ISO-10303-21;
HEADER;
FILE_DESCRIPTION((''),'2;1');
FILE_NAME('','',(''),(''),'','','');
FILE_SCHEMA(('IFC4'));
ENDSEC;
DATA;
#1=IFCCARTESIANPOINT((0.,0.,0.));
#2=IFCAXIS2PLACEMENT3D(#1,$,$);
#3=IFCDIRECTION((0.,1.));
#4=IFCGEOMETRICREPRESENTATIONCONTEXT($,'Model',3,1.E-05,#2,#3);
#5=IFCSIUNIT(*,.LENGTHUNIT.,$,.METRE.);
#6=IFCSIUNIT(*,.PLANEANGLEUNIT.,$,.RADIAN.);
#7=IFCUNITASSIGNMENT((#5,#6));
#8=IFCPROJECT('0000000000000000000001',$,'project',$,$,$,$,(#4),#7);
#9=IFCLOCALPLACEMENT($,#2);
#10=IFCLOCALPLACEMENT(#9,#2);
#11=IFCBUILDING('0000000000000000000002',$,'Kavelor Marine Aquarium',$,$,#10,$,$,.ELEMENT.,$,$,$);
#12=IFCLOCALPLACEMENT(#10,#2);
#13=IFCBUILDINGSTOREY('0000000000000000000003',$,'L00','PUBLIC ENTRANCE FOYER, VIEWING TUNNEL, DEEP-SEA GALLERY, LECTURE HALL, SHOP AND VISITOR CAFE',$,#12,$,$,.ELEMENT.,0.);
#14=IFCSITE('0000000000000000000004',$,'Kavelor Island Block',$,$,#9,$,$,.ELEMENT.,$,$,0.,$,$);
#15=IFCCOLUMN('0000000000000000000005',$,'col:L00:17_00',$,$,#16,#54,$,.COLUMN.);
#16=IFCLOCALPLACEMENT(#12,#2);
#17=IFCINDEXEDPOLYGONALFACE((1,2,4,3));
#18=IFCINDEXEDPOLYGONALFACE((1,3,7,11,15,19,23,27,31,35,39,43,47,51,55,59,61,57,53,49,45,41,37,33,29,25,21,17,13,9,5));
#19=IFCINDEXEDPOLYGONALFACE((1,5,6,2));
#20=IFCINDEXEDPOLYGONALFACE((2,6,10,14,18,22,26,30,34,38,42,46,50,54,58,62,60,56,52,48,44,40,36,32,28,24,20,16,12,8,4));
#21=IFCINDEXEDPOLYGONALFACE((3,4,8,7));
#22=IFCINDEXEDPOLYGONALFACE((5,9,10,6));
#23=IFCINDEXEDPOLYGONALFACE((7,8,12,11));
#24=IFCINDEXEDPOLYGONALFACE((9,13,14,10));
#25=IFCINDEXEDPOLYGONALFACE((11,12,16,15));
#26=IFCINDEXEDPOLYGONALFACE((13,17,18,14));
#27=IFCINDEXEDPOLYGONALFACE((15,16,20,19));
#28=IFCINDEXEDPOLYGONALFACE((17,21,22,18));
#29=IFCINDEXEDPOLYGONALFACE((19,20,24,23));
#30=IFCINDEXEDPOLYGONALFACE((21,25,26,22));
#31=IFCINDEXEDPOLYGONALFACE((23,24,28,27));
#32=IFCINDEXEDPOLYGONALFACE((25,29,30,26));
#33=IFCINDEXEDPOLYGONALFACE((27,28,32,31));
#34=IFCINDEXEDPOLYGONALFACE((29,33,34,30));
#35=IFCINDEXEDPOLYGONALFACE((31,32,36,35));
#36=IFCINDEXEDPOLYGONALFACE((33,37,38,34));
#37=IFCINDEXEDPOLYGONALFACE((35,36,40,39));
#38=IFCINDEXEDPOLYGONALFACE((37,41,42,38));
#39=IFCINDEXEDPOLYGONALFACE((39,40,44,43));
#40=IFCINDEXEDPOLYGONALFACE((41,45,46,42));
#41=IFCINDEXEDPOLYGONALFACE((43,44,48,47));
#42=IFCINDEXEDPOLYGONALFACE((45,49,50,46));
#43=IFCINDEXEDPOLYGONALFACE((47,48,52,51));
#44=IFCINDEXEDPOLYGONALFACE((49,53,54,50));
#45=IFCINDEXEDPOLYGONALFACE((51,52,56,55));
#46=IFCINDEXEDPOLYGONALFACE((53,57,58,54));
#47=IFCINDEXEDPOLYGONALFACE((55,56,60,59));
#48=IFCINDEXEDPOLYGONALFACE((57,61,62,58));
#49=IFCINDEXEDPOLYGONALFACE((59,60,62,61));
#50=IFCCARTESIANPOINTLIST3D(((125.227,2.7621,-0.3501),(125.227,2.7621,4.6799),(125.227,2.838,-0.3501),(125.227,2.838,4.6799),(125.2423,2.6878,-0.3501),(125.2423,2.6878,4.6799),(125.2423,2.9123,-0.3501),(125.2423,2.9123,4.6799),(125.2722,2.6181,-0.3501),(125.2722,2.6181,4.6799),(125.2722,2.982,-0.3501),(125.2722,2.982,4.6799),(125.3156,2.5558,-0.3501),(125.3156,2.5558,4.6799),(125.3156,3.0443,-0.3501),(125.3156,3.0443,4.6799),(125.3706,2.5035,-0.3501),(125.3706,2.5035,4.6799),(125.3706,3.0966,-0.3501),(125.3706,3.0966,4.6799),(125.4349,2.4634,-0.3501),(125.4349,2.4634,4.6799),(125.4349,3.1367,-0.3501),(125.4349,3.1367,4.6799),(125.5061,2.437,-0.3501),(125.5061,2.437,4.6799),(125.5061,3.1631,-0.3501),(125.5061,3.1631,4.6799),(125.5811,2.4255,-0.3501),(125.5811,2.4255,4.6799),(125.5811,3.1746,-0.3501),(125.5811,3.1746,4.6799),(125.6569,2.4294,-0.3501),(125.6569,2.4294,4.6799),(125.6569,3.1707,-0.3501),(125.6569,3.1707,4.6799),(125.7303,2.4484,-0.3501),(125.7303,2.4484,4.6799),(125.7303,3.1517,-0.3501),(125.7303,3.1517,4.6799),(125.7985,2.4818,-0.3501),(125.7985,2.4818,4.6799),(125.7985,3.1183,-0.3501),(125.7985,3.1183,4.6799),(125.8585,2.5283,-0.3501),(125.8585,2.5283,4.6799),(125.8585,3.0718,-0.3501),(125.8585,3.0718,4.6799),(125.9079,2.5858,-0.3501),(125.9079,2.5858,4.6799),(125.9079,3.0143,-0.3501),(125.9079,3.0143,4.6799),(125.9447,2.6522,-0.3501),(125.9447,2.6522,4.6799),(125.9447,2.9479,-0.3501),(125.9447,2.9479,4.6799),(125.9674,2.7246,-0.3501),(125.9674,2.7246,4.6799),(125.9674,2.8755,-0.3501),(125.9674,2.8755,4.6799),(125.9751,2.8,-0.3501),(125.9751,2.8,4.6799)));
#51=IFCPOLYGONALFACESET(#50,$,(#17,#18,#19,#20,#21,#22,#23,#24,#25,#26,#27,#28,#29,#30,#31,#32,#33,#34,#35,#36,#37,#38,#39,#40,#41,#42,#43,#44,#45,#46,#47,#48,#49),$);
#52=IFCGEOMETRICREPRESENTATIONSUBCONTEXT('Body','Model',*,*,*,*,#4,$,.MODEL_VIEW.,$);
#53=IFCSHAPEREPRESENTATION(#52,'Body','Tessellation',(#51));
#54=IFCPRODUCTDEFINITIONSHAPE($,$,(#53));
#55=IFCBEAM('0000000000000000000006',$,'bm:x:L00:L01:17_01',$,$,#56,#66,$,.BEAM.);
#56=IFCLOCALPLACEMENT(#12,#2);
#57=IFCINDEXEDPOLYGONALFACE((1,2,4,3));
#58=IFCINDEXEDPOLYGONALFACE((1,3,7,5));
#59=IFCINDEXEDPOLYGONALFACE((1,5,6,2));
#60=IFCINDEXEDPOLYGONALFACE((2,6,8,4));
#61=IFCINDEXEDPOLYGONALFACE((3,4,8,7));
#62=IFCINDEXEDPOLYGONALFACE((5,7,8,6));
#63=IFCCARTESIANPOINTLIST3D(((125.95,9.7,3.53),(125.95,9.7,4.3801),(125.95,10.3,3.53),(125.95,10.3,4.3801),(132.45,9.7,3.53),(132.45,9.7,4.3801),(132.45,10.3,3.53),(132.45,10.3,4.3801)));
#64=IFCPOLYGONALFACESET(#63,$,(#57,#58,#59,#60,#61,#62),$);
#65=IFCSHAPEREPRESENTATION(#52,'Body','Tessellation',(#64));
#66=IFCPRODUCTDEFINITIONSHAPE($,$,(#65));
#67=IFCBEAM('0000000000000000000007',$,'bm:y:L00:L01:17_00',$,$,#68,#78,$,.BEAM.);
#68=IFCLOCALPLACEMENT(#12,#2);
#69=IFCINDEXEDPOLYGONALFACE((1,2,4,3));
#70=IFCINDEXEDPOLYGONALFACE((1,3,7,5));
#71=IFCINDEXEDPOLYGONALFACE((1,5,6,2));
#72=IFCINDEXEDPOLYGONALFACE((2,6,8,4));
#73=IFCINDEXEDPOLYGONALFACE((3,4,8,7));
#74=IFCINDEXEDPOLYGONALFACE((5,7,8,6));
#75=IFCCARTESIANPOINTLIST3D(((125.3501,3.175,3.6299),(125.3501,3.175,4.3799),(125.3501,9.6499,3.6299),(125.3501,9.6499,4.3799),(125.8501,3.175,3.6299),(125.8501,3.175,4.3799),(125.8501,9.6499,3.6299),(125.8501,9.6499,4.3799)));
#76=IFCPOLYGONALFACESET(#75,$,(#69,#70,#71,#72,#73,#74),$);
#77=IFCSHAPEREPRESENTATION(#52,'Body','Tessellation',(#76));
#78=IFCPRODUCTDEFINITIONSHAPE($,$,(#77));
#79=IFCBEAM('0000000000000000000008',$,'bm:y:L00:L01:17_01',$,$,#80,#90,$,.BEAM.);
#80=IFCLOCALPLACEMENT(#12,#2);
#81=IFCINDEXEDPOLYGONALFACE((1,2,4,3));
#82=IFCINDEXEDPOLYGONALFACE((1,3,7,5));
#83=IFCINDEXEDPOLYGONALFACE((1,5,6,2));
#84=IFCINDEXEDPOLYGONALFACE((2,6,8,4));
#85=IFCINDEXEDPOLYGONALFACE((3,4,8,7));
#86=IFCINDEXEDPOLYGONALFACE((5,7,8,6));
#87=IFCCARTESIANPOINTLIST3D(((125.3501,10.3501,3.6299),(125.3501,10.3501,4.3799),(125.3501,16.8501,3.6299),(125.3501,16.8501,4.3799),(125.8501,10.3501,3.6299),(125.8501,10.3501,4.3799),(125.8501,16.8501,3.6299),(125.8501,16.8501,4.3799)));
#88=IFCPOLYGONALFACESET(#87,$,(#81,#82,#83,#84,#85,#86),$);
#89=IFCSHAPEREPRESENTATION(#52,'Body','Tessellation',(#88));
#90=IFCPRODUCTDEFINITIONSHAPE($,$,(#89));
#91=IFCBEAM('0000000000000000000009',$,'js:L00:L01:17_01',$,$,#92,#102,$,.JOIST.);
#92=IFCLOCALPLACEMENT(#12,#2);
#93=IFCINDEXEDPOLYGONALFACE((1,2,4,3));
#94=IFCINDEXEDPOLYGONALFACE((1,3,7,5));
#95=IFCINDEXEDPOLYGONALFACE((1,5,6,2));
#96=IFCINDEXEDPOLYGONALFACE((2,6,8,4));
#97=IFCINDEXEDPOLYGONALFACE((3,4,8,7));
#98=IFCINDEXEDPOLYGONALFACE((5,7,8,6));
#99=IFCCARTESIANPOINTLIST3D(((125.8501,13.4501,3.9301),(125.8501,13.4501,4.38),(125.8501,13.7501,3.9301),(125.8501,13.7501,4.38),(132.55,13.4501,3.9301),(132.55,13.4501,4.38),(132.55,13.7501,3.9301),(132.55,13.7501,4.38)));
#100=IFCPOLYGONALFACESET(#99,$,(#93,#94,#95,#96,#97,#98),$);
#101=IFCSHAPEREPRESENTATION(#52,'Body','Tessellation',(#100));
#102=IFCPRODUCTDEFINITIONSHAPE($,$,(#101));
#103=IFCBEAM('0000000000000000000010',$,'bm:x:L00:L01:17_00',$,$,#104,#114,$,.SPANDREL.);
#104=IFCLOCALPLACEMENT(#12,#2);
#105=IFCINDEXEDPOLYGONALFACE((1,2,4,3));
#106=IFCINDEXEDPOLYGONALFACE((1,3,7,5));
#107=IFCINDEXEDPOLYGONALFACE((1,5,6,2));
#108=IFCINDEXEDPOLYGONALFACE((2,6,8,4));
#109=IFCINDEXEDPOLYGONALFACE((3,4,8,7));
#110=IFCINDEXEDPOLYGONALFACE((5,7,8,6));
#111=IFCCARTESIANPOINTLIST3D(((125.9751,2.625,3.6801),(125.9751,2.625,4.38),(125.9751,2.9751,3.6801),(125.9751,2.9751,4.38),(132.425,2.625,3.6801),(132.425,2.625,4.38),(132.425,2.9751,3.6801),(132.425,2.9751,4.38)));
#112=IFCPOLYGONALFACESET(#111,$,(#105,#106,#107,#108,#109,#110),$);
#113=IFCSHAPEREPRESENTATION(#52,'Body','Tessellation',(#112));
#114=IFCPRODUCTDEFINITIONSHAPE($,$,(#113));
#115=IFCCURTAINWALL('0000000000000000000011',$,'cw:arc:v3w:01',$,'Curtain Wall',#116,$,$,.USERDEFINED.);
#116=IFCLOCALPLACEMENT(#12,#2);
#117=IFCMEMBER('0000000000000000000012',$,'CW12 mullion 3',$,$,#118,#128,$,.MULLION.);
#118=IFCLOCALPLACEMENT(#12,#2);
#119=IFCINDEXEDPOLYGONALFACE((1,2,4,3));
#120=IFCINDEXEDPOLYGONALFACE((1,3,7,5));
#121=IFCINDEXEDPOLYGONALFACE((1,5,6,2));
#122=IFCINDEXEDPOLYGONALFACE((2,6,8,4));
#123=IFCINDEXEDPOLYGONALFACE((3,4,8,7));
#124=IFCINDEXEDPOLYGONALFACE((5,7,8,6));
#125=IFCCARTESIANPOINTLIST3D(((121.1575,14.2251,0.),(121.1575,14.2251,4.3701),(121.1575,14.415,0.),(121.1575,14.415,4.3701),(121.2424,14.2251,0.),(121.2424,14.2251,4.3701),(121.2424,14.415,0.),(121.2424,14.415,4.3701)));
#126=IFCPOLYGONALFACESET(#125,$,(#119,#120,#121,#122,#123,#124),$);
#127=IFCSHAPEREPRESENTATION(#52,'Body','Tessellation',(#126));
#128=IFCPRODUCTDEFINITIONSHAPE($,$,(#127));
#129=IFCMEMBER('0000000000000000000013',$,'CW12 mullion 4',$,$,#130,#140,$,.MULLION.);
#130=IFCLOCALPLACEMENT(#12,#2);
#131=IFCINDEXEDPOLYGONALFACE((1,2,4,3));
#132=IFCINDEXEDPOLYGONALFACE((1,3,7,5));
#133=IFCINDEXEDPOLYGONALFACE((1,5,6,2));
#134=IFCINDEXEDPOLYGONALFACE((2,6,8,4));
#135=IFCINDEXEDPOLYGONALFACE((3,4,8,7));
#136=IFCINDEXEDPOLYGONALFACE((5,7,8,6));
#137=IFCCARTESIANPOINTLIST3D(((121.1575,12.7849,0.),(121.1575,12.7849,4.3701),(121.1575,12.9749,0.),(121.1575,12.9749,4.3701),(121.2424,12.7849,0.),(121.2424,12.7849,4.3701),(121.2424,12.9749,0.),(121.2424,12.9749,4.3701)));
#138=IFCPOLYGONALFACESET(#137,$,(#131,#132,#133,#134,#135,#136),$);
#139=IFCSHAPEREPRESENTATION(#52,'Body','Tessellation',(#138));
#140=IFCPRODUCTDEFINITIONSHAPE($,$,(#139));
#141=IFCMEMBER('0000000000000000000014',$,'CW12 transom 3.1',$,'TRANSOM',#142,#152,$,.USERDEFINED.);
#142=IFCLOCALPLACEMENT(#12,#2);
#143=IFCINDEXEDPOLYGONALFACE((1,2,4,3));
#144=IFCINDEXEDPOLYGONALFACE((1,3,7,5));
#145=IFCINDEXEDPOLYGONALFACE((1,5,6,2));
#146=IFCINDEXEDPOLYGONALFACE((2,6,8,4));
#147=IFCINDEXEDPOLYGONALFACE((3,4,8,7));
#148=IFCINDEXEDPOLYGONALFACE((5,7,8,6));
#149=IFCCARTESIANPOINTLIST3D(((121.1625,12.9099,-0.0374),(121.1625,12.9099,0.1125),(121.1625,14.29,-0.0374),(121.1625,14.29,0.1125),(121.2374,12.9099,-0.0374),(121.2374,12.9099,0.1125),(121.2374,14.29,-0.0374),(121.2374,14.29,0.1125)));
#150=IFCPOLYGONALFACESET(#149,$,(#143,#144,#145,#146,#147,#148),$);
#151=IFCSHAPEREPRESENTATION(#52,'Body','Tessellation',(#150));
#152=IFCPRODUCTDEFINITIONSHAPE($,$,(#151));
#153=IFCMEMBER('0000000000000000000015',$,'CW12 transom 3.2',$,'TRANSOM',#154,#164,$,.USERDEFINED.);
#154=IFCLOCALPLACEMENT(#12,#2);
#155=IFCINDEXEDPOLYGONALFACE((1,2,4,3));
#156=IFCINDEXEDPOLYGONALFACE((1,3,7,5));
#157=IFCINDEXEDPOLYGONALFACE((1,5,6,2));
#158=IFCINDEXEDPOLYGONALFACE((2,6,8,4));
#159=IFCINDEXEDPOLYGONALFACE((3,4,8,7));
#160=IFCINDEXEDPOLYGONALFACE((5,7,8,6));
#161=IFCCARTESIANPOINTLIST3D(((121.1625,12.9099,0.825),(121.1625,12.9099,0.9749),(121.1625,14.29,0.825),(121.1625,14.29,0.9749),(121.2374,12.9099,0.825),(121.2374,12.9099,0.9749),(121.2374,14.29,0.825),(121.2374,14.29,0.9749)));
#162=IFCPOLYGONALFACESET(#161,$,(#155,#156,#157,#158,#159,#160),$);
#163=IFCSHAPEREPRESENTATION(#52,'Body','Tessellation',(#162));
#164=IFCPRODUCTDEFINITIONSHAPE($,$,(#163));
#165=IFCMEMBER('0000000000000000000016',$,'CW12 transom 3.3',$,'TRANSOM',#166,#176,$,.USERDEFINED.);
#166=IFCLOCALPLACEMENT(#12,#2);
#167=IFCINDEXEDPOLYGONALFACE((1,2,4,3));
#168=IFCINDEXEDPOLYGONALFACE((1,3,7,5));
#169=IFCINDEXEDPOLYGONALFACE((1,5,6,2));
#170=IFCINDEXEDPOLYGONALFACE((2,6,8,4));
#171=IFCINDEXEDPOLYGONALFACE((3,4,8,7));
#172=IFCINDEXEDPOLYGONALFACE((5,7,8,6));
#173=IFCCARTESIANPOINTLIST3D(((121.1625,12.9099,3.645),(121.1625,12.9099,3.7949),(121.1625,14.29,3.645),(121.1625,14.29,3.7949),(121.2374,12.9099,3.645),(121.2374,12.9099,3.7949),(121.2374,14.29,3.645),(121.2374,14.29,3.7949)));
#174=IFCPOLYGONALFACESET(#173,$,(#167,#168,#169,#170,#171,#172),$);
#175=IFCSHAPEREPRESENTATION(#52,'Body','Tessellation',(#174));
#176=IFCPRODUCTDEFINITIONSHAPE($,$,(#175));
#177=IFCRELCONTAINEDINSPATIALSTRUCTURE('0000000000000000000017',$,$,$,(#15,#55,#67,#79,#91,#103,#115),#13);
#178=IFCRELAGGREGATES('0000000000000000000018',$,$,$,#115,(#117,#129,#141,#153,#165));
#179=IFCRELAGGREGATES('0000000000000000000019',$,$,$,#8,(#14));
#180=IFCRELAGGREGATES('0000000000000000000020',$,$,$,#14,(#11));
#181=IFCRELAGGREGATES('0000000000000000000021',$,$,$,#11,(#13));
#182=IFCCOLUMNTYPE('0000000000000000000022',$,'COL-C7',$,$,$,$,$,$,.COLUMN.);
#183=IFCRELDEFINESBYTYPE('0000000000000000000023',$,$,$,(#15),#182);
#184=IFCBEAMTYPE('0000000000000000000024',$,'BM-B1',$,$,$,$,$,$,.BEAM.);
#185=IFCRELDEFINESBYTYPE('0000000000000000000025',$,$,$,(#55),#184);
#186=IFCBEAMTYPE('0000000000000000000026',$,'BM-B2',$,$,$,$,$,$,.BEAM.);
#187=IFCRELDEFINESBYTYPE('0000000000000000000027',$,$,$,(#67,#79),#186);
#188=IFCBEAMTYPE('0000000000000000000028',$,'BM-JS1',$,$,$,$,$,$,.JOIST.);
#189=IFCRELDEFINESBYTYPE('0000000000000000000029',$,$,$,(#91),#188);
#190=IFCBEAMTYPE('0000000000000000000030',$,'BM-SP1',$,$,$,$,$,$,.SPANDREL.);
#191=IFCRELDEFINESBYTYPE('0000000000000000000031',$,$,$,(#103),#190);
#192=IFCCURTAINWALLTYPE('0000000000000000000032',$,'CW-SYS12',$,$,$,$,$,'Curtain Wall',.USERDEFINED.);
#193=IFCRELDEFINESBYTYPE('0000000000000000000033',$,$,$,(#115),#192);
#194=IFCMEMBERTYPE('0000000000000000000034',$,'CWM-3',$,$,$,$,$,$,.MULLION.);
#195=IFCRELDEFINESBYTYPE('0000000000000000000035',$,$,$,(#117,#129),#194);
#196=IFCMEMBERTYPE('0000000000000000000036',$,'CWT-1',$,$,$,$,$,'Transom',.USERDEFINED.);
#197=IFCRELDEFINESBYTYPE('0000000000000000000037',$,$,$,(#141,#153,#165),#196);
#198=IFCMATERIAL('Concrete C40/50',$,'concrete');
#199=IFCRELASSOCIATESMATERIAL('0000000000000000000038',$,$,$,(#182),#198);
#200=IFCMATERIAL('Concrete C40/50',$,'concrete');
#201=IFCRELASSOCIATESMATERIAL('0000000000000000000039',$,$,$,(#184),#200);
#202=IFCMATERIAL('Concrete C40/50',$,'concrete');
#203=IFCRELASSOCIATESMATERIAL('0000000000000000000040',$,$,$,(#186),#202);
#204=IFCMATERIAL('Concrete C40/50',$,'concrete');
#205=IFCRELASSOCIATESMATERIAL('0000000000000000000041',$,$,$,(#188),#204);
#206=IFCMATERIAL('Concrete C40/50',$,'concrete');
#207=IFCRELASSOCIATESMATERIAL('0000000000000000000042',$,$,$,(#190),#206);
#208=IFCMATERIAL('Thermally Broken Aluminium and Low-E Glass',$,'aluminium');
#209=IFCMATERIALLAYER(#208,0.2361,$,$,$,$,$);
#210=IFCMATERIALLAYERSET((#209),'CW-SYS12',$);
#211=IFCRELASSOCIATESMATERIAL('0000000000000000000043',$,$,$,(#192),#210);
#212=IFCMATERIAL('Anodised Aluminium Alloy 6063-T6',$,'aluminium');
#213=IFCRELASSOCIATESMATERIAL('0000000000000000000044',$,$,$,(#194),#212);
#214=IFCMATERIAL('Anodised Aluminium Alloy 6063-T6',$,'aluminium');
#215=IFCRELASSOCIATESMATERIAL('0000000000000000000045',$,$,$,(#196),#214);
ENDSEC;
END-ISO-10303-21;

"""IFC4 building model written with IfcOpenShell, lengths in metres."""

from ifc_helpers import new_model, si_unit, direction, frame, origin, origin_2d, place, context, subcontext, project, spatial, rectangle, circle, extrude, material, layer, layer_set, material_profile, profile_set, type_object, element, aggregate, save


model = new_model("IFC4")

# Units and contexts
model_context = context("Model", 3, precision=1e-05, world=origin(), true_north=direction((0.0, 1.0)))
body_context = subcontext(model_context, "Body", "Model", "MODEL_VIEW")
ifc_project = project(units=[si_unit("LENGTHUNIT", "METRE"), si_unit("PLANEANGLEUNIT", "RADIAN")], contexts=[model_context])

# Site, building, storey
site_placement = place(None, origin())
site = spatial("IfcSite", under=ifc_project, at=site_placement, Name="Kavelor Island Block", CompositionType="ELEMENT", RefElevation=0.0)
building_placement = place(site_placement, origin())
building = spatial("IfcBuilding", under=site, at=building_placement, Name="Kavelor Marine Aquarium", CompositionType="ELEMENT")
storey_placement = place(building_placement, origin())
storey = spatial("IfcBuildingStorey", under=building, at=storey_placement, Name="L00", Description="PUBLIC ENTRANCE FOYER, VIEWING TUNNEL, DEEP-SEA GALLERY, LECTURE HALL, SHOP AND VISITOR CAFE", CompositionType="ELEMENT", Elevation=0.0)

# Column
ifc_material_1 = material(Name="Concrete C40/50", Category="concrete")
ifc_material_profile_1 = material_profile(ifc_material_1, circle(Radius=0.375, at=origin_2d()), Name="RC-COL D750")
ifc_profile_set_1 = profile_set([ifc_material_profile_1], Name="Concrete C40/50")
column_type_1 = type_object("IfcColumnType", Name="COL-C7", PredefinedType="COLUMN", material=ifc_profile_set_1)
column_1_placement = place(storey_placement, frame((125.6001, 2.8, -0.3501), z_axis=(0.0, 0.0, 1.0), x_axis=(1.0, 0.0, 0.0)))
element("IfcColumn", 1, at=column_1_placement, inside=storey, type_object=column_type_1, Name="col:L00:17_00", PredefinedType="COLUMN", context=body_context, shape_type="SweptSolid", body=[
    extrude(circle(Radius=0.375, at=origin_2d()), origin(), (0.0, 0.0, 1.0), 5.03),
])

# Beams
ifc_material_2 = material(Name="Concrete C40/50", Category="concrete")
ifc_material_profile_2 = material_profile(ifc_material_2, rectangle(XDim=0.6001, YDim=0.8501, at=origin_2d()), Name="RC-BM 600x850")
ifc_profile_set_2 = profile_set([ifc_material_profile_2], Name="Concrete C40/50")
beam_type_1 = type_object("IfcBeamType", Name="BM-B1", PredefinedType="BEAM", material=ifc_profile_set_2)
beam_1_placement = place(storey_placement, frame((125.95, 10.0, 3.9551), z_axis=(1.0, 0.0, 0.0), x_axis=(0.0, 1.0, 0.0)))
element("IfcBeam", 2, at=beam_1_placement, inside=storey, type_object=beam_type_1, Name="bm:x:L00:L01:17_01", PredefinedType="BEAM", context=body_context, shape_type="SweptSolid", body=[
    extrude(rectangle(XDim=0.6001, YDim=0.8501, at=origin_2d()), origin(), (0.0, 0.0, 1.0), 6.5),
])
ifc_material_3 = material(Name="Concrete C40/50", Category="concrete")
ifc_material_profile_3 = material_profile(ifc_material_3, rectangle(XDim=0.5, YDim=0.75, at=origin_2d()), Name="RC-BM 500x750")
ifc_profile_set_3 = profile_set([ifc_material_profile_3], Name="Concrete C40/50")
beam_type_2 = type_object("IfcBeamType", Name="BM-B2", PredefinedType="BEAM", material=ifc_profile_set_3)
beam_2_placement = place(storey_placement, frame((125.6001, 3.175, 4.0049), z_axis=(0.0, 1.0, 0.0), x_axis=(-1.0, 0.0, 0.0)))
element("IfcBeam", 3, at=beam_2_placement, inside=storey, type_object=beam_type_2, Name="bm:y:L00:L01:17_00", PredefinedType="BEAM", context=body_context, shape_type="SweptSolid", body=[
    extrude(rectangle(XDim=0.5, YDim=0.75, at=origin_2d()), origin(), (0.0, 0.0, 1.0), 6.4749),
])
beam_3_placement = place(storey_placement, frame((125.6001, 10.3501, 4.0049), z_axis=(0.0, 1.0, 0.0), x_axis=(-1.0, 0.0, 0.0)))
element("IfcBeam", 4, at=beam_3_placement, inside=storey, type_object=beam_type_2, Name="bm:y:L00:L01:17_01", PredefinedType="BEAM", context=body_context, shape_type="SweptSolid", body=[
    extrude(rectangle(XDim=0.5, YDim=0.75, at=origin_2d()), origin(), (0.0, 0.0, 1.0), 6.5),
])
ifc_material_4 = material(Name="Concrete C40/50", Category="concrete")
ifc_material_profile_4 = material_profile(ifc_material_4, rectangle(XDim=0.3, YDim=0.45, at=origin_2d()), Name="RC-JS 300x450")
ifc_profile_set_4 = profile_set([ifc_material_profile_4], Name="Concrete C40/50")
beam_type_3 = type_object("IfcBeamType", Name="BM-JS1", PredefinedType="JOIST", material=ifc_profile_set_4)
beam_4_placement = place(storey_placement, frame((125.8501, 13.6001, 4.155), z_axis=(1.0, 0.0, 0.0), x_axis=(0.0, 1.0, 0.0)))
element("IfcBeam", 5, at=beam_4_placement, inside=storey, type_object=beam_type_3, Name="js:L00:L01:17_01", PredefinedType="JOIST", context=body_context, shape_type="SweptSolid", body=[
    extrude(rectangle(XDim=0.3, YDim=0.45, at=origin_2d()), origin(), (0.0, 0.0, 1.0), 6.7),
])
ifc_material_5 = material(Name="Concrete C40/50", Category="concrete")
ifc_material_profile_5 = material_profile(ifc_material_5, rectangle(XDim=0.3501, YDim=0.7, at=origin_2d()), Name="RC-SP 350x700")
ifc_profile_set_5 = profile_set([ifc_material_profile_5], Name="Concrete C40/50")
beam_type_4 = type_object("IfcBeamType", Name="BM-SP1", PredefinedType="SPANDREL", material=ifc_profile_set_5)
beam_5_placement = place(storey_placement, frame((125.9751, 2.8, 4.03), z_axis=(1.0, 0.0, 0.0), x_axis=(0.0, 1.0, 0.0)))
element("IfcBeam", 6, at=beam_5_placement, inside=storey, type_object=beam_type_4, Name="bm:x:L00:L01:17_00", PredefinedType="SPANDREL", context=body_context, shape_type="SweptSolid", body=[
    extrude(rectangle(XDim=0.3501, YDim=0.7, at=origin_2d()), origin(), (0.0, 0.0, 1.0), 6.45),
])

# Curtain wall, members
ifc_material_6 = material(Name="Thermally Broken Aluminium and Low-E Glass", Category="aluminium")
ifc_layer_1 = layer(ifc_material_6, 0.2361)
ifc_layer_set_1 = layer_set([ifc_layer_1], Name="CW-SYS12")
curtain_wall_type = type_object("IfcCurtainWallType", Name="CW-SYS12", ElementType="Curtain Wall", PredefinedType="USERDEFINED", material=ifc_layer_set_1)
curtain_wall_placement = place(storey_placement, origin())
curtain_wall = element("IfcCurtainWall", 7, at=curtain_wall_placement, inside=storey, type_object=curtain_wall_type, Name="cw:arc:v3w:01", ObjectType="Curtain Wall", PredefinedType="USERDEFINED")
ifc_material_7 = material(Name="Anodised Aluminium Alloy 6063-T6", Category="aluminium")
ifc_material_profile_6 = material_profile(ifc_material_7, rectangle(XDim=0.085, YDim=0.1899, at=origin_2d()), Name="CW-MUL 85x190")
ifc_profile_set_6 = profile_set([ifc_material_profile_6], Name="Anodised Aluminium Alloy 6063-T6")
member_type_1 = type_object("IfcMemberType", Name="CWM-3", PredefinedType="MULLION", material=ifc_profile_set_6)
member_1_placement = place(storey_placement, frame((121.2, 14.3201, 0.0), z_axis=(0.0, 0.0, 1.0), x_axis=(1.0, 0.0, 0.0)))
member_1 = element("IfcMember", 8, at=member_1_placement, type_object=member_type_1, Name="CW12 mullion 3", PredefinedType="MULLION", context=body_context, shape_type="SweptSolid", body=[
    extrude(rectangle(XDim=0.085, YDim=0.1899, at=origin_2d()), origin(), (0.0, 0.0, 1.0), 4.3701),
])
member_2_placement = place(storey_placement, frame((121.2, 12.8799, 0.0), z_axis=(0.0, 0.0, 1.0), x_axis=(1.0, 0.0, 0.0)))
member_2 = element("IfcMember", 9, at=member_2_placement, type_object=member_type_1, Name="CW12 mullion 4", PredefinedType="MULLION", context=body_context, shape_type="SweptSolid", body=[
    extrude(rectangle(XDim=0.085, YDim=0.1899, at=origin_2d()), origin(), (0.0, 0.0, 1.0), 4.3701),
])
ifc_material_8 = material(Name="Anodised Aluminium Alloy 6063-T6", Category="aluminium")
ifc_material_profile_7 = material_profile(ifc_material_8, rectangle(XDim=0.075, YDim=0.1499, at=origin_2d()), Name="CW-TRN 75x150")
ifc_profile_set_7 = profile_set([ifc_material_profile_7], Name="Anodised Aluminium Alloy 6063-T6")
member_type_2 = type_object("IfcMemberType", Name="CWT-1", ElementType="Transom", PredefinedType="USERDEFINED", material=ifc_profile_set_7)
member_3_placement = place(storey_placement, frame((121.2, 14.29, 0.0376), z_axis=(0.0, -1.0, 0.0), x_axis=(1.0, 0.0, 0.0)))
member_3 = element("IfcMember", 10, at=member_3_placement, type_object=member_type_2, Name="CW12 transom 3.1", ObjectType="TRANSOM", PredefinedType="USERDEFINED", context=body_context, shape_type="SweptSolid", body=[
    extrude(rectangle(XDim=0.075, YDim=0.1499, at=origin_2d()), origin(), (0.0, 0.0, 1.0), 1.3801),
])
member_4_placement = place(storey_placement, frame((121.2, 14.29, 0.8999), z_axis=(0.0, -1.0, 0.0), x_axis=(1.0, 0.0, 0.0)))
member_4 = element("IfcMember", 11, at=member_4_placement, type_object=member_type_2, Name="CW12 transom 3.2", ObjectType="TRANSOM", PredefinedType="USERDEFINED", context=body_context, shape_type="SweptSolid", body=[
    extrude(rectangle(XDim=0.075, YDim=0.1499, at=origin_2d()), origin(), (0.0, 0.0, 1.0), 1.3801),
])
member_5_placement = place(storey_placement, frame((121.2, 14.29, 3.72), z_axis=(0.0, -1.0, 0.0), x_axis=(1.0, 0.0, 0.0)))
member_5 = element("IfcMember", 12, at=member_5_placement, type_object=member_type_2, Name="CW12 transom 3.3", ObjectType="TRANSOM", PredefinedType="USERDEFINED", context=body_context, shape_type="SweptSolid", body=[
    extrude(rectangle(XDim=0.075, YDim=0.1499, at=origin_2d()), origin(), (0.0, 0.0, 1.0), 1.3801),
])
aggregate(curtain_wall, [member_1, member_2, member_3, member_4, member_5])

save(model, "model.ifc")
